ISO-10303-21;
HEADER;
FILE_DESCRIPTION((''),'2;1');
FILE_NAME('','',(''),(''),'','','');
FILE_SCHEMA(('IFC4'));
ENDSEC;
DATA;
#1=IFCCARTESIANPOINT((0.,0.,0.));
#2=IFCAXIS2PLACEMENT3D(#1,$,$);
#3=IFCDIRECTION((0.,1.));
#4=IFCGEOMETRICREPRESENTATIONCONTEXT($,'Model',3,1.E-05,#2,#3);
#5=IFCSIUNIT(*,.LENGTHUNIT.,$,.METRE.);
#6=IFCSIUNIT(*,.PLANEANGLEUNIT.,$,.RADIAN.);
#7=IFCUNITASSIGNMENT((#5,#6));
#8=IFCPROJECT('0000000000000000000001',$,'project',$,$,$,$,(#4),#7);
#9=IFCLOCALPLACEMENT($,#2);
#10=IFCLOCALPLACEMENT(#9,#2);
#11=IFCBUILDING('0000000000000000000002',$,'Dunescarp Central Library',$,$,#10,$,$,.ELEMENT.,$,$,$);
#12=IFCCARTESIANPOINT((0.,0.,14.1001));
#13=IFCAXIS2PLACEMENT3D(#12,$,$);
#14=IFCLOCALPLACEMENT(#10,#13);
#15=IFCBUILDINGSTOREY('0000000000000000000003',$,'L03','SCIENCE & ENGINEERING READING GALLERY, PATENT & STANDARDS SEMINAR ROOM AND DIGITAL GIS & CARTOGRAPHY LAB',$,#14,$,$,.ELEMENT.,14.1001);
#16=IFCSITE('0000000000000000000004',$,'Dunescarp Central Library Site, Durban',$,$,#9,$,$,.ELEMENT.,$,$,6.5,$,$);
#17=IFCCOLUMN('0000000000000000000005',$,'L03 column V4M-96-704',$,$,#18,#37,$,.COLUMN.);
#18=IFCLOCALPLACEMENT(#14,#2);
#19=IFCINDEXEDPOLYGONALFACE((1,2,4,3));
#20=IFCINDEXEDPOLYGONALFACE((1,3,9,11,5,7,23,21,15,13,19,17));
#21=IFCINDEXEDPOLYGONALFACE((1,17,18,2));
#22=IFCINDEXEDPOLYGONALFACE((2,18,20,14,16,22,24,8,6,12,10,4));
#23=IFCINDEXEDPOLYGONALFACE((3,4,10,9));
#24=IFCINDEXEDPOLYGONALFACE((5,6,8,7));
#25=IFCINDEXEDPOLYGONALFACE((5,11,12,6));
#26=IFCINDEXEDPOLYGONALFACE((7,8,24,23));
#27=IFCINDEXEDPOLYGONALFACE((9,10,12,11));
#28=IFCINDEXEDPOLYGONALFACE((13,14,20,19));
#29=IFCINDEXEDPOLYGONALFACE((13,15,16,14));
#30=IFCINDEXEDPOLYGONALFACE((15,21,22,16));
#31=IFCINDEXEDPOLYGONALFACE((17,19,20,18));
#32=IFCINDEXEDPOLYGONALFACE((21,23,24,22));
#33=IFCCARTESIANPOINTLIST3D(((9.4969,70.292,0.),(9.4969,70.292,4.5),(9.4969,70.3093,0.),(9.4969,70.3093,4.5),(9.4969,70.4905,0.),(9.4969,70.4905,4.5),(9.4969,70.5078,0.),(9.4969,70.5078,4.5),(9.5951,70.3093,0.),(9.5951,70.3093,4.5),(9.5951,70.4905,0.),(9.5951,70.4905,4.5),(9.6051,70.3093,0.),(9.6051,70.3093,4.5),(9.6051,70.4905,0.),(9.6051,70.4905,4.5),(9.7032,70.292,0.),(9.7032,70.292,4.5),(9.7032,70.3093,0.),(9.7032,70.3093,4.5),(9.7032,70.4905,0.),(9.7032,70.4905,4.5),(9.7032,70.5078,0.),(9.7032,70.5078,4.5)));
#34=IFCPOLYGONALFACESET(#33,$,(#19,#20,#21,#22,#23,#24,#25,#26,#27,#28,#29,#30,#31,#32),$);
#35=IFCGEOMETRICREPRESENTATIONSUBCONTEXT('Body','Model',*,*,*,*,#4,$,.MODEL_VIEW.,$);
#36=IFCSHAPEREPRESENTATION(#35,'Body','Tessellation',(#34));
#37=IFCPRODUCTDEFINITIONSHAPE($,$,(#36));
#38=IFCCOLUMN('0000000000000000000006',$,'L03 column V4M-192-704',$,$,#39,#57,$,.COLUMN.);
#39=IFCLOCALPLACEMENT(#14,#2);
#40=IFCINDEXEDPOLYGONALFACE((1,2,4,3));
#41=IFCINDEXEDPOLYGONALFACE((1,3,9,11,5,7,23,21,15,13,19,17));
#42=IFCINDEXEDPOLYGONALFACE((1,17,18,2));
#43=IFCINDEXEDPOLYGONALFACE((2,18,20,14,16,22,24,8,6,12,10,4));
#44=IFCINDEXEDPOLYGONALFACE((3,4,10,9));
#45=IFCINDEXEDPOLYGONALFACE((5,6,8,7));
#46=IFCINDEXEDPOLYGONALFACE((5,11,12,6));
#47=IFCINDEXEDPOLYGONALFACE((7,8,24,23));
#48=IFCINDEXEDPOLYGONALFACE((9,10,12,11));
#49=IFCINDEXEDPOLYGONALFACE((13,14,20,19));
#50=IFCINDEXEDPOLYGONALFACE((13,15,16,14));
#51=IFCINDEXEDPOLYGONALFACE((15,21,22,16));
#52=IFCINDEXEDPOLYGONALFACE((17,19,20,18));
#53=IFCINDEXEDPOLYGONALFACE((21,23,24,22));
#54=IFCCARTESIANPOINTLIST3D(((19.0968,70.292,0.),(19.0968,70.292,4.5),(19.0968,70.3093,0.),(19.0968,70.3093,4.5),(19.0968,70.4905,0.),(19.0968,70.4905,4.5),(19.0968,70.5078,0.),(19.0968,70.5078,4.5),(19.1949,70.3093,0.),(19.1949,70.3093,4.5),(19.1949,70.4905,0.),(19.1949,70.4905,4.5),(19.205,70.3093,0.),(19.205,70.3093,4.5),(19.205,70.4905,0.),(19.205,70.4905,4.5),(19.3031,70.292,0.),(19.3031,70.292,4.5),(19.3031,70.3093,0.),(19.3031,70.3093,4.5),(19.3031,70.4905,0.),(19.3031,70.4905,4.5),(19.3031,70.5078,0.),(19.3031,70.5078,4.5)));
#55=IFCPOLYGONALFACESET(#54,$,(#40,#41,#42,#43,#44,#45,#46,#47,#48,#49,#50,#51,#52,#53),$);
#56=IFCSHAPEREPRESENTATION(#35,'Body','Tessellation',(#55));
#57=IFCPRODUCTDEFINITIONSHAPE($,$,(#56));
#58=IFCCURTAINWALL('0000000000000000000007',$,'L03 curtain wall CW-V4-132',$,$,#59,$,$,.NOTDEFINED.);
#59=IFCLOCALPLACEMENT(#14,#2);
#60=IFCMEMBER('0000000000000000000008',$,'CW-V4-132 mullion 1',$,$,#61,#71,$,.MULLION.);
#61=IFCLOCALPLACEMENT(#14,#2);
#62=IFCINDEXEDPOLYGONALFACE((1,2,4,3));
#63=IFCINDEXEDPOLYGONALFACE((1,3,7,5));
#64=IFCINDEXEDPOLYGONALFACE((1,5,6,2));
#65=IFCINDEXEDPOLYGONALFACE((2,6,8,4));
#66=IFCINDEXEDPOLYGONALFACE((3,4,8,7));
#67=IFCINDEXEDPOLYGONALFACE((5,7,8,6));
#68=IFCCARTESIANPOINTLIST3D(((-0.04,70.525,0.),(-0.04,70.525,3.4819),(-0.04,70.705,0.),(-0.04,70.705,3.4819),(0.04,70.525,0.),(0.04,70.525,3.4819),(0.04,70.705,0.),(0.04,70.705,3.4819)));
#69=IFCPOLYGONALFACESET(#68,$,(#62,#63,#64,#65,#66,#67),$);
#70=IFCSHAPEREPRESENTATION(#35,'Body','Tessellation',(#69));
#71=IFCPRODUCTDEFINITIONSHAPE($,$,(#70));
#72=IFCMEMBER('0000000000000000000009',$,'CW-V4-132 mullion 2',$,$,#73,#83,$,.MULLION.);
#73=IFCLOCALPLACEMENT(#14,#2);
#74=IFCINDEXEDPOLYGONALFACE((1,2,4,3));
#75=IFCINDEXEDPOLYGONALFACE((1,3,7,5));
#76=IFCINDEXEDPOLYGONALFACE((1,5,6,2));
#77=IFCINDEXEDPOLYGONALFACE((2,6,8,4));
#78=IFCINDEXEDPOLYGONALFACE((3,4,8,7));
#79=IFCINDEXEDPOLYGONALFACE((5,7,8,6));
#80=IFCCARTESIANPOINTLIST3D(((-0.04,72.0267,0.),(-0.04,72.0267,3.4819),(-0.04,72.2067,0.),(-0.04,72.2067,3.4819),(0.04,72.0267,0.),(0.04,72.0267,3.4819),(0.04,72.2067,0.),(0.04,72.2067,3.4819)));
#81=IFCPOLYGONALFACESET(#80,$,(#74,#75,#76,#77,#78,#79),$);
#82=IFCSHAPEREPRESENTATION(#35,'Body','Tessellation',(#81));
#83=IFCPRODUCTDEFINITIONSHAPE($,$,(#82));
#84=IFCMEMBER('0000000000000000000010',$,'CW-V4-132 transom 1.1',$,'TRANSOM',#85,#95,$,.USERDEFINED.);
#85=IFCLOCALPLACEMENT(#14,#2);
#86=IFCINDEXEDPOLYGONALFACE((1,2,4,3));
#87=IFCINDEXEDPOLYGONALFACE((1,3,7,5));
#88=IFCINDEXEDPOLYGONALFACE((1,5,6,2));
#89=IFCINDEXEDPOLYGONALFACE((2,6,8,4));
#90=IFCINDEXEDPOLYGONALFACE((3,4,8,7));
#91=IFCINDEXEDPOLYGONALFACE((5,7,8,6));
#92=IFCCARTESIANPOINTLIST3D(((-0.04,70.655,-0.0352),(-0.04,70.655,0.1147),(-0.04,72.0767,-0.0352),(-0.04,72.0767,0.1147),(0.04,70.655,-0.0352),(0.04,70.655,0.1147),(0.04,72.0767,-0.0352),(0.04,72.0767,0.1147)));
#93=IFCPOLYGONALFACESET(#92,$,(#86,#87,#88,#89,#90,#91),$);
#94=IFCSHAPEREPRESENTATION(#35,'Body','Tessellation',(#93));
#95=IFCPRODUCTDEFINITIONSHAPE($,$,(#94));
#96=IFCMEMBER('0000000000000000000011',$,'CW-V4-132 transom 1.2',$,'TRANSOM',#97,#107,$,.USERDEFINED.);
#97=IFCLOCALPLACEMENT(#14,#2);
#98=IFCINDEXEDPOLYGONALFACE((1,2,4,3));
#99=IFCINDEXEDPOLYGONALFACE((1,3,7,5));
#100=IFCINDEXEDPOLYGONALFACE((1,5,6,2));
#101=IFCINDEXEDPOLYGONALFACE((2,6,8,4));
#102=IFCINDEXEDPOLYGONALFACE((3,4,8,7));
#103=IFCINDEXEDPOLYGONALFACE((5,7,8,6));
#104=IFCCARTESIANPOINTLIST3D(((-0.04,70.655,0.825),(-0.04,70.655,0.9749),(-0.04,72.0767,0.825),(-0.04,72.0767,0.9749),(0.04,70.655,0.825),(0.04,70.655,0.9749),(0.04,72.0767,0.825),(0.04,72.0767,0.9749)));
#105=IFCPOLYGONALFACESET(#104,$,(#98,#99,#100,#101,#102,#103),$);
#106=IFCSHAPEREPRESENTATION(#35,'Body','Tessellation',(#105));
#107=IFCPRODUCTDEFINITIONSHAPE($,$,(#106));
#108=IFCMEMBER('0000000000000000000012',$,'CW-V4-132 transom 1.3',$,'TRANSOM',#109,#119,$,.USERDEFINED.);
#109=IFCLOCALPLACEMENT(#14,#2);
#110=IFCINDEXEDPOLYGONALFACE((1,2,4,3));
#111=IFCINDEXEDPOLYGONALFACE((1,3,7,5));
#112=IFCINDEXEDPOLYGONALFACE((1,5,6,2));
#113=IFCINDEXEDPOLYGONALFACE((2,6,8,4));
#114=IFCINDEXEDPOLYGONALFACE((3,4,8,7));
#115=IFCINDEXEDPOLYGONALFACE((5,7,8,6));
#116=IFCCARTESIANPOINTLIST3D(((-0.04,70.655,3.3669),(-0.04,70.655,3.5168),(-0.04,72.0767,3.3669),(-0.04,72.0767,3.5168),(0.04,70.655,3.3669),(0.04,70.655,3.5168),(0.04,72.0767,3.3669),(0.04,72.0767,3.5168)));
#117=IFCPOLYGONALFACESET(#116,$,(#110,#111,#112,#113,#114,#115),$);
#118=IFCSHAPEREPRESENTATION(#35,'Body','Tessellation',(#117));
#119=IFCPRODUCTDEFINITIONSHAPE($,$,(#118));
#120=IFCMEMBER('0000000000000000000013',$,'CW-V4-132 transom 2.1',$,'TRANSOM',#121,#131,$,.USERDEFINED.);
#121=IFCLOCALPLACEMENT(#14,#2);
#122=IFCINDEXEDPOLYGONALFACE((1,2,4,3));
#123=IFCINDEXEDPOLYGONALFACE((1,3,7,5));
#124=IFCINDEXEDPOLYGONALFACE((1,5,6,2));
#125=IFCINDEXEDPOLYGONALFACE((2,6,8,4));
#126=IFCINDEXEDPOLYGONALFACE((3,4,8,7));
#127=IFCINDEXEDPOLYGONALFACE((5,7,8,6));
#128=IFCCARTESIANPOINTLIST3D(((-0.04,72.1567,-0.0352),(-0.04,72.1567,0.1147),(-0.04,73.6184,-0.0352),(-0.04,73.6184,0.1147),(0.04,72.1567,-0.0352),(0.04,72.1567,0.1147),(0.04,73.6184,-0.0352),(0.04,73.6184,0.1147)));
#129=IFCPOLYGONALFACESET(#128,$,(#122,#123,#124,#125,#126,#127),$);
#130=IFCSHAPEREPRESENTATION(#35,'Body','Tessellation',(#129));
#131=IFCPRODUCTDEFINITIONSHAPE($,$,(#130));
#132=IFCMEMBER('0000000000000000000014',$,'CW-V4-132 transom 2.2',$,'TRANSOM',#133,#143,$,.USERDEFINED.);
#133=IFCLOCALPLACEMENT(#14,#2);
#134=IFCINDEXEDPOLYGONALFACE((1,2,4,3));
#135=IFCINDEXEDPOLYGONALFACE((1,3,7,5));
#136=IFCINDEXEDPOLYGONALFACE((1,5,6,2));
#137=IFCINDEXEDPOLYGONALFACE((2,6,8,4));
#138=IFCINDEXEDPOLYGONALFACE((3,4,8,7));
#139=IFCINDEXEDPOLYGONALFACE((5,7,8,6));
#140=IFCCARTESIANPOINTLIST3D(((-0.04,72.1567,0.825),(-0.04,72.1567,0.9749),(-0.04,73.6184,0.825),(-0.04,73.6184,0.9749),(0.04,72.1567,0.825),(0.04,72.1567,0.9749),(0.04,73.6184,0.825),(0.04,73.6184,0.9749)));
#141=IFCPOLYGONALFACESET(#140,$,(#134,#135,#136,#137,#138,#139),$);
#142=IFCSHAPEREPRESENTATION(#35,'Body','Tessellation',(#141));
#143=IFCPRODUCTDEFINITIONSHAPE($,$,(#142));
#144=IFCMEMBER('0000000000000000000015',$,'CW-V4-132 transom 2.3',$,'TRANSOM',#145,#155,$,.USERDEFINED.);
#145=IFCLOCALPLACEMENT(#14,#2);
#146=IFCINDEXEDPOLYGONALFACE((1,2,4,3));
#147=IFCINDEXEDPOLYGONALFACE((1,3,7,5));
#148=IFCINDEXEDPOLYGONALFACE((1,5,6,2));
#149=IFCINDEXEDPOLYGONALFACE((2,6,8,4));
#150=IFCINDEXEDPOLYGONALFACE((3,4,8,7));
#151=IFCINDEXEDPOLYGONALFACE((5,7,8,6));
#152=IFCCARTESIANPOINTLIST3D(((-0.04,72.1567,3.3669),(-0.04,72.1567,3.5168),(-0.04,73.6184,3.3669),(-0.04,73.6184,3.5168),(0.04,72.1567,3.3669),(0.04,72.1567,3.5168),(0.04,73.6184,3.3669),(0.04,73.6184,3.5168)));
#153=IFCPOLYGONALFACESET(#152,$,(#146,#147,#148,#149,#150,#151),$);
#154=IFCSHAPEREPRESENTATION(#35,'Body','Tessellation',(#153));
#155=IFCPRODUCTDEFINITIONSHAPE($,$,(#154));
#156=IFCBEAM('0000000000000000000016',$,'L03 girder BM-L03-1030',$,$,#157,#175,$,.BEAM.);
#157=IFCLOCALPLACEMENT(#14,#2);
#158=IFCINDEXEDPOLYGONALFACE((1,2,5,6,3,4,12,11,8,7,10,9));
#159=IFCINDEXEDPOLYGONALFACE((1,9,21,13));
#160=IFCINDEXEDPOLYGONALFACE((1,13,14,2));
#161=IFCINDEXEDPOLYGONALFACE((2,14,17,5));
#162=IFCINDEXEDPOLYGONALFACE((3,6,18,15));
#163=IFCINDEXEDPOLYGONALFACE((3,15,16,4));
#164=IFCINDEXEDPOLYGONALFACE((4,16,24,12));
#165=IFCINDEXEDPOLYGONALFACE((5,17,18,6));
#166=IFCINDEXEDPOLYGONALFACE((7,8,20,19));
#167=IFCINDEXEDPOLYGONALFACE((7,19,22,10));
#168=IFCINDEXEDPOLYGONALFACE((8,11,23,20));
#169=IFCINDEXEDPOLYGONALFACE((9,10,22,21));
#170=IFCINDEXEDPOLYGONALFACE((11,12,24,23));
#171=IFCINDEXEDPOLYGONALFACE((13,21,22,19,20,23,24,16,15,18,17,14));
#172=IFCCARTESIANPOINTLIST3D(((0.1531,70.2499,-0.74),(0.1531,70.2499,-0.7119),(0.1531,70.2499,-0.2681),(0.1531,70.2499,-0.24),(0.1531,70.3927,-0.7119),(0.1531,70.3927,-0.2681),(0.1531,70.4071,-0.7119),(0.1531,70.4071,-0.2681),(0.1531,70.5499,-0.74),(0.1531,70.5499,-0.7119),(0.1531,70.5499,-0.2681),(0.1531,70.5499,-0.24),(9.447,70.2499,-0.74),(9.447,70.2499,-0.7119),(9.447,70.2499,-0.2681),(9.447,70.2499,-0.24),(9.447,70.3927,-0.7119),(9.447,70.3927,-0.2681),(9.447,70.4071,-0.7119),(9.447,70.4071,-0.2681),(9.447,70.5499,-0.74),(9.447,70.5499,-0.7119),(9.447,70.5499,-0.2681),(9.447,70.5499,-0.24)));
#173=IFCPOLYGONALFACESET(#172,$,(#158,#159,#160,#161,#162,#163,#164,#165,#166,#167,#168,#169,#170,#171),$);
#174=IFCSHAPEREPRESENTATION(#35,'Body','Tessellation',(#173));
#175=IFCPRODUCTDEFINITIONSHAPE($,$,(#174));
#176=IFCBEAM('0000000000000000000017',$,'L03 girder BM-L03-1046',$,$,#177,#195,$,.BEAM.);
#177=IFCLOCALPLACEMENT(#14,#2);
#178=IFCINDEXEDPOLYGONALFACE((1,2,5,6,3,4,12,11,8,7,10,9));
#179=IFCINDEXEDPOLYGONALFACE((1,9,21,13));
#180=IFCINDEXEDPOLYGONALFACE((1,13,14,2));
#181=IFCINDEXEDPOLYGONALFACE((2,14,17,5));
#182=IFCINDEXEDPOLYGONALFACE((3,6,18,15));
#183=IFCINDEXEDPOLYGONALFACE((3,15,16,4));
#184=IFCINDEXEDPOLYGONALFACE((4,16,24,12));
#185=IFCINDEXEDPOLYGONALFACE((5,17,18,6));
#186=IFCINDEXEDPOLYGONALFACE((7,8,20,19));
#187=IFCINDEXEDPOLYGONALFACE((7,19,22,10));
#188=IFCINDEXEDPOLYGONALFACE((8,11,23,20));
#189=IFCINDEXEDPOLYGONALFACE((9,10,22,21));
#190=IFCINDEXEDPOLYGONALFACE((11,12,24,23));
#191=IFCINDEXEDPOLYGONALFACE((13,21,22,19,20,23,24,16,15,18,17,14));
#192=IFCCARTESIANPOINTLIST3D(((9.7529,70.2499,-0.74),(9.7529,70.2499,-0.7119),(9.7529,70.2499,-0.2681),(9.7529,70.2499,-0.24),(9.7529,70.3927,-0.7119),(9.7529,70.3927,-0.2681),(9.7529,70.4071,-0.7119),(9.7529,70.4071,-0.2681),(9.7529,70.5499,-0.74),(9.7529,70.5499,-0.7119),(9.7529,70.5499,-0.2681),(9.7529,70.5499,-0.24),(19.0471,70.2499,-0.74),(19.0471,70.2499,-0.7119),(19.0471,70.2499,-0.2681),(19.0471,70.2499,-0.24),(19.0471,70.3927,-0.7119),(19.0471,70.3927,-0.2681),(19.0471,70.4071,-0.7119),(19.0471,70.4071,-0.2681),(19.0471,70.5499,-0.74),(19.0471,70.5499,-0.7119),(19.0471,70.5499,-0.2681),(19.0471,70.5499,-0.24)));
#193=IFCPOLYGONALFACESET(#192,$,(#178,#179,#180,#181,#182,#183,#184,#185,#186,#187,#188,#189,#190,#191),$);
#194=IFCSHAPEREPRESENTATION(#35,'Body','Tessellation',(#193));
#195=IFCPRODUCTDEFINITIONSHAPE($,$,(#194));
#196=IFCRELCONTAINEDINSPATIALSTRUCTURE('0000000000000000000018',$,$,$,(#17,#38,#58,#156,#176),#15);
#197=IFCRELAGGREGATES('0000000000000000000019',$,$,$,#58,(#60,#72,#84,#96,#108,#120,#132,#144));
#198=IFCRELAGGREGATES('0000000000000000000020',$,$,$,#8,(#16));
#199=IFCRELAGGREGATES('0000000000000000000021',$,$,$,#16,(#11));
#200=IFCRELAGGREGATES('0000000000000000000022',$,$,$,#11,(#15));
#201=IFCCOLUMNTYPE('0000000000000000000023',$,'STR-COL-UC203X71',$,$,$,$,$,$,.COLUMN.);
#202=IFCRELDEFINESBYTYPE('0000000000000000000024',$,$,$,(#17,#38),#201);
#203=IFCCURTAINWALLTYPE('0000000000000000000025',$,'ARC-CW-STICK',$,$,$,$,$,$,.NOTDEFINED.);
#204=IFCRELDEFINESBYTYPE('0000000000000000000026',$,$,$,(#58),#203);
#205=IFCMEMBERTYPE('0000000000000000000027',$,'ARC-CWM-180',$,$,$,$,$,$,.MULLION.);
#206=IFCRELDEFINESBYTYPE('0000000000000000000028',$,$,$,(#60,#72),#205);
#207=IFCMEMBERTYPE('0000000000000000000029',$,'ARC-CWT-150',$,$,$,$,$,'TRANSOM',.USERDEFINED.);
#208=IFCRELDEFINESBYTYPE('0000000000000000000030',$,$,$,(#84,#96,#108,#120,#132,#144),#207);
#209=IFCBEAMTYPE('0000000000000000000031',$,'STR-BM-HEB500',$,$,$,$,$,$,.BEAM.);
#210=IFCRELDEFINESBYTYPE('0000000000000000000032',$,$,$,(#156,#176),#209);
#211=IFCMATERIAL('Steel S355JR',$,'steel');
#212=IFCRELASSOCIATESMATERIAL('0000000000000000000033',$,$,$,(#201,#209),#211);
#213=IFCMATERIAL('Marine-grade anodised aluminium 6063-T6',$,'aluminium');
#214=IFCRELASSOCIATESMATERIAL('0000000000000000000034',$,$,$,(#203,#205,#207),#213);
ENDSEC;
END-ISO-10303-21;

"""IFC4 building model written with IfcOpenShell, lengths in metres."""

from ifc_helpers import new_model, si_unit, direction, frame, origin, origin_2d, place, context, subcontext, project, spatial, rectangle, i_section, extrude, material, material_profile, profile_set, type_object, element, aggregate, save


model = new_model("IFC4")

# Units and contexts
model_context = context("Model", 3, precision=1e-05, world=origin(), true_north=direction((0.0, 1.0)))
body_context = subcontext(model_context, "Body", "Model", "MODEL_VIEW")
ifc_project = project(units=[si_unit("LENGTHUNIT", "METRE"), si_unit("PLANEANGLEUNIT", "RADIAN")], contexts=[model_context])

# Site, building, storey
site_placement = place(None, origin())
site = spatial("IfcSite", under=ifc_project, at=site_placement, Name="Dunescarp Central Library Site, Durban", CompositionType="ELEMENT", RefElevation=6.5)
building_placement = place(site_placement, origin())
building = spatial("IfcBuilding", under=site, at=building_placement, Name="Dunescarp Central Library", CompositionType="ELEMENT")
storey_placement = place(building_placement, frame((0.0, 0.0, 14.1001)))
storey = spatial("IfcBuildingStorey", under=building, at=storey_placement, Name="L03", Description="SCIENCE & ENGINEERING READING GALLERY, PATENT & STANDARDS SEMINAR ROOM AND DIGITAL GIS & CARTOGRAPHY LAB", CompositionType="ELEMENT", Elevation=14.1001)

# Columns
ifc_material_1 = material(Name="Steel S355JR", Category="steel")
ifc_material_profile_1 = material_profile(ifc_material_1, i_section(OverallWidth=0.2063, OverallDepth=0.2158, WebThickness=0.01, FlangeThickness=0.0173, at=origin_2d()), Name="UC 203x203x71")
ifc_profile_set_1 = profile_set([ifc_material_profile_1], Name="Steel S355JR")
column_type = type_object("IfcColumnType", Name="STR-COL-UC203X71", PredefinedType="COLUMN", material=ifc_profile_set_1)
for number, where, z_axis, x_axis, name in (
    (1, (9.6001, 70.3999, 0.0), (0.0, 0.0, 1.0), (1.0, 0.0, 0.0), "L03 column V4M-96-704"),
    (2, (19.2, 70.3999, 0.0), (0.0, 0.0, 1.0), (1.0, 0.0, 0.0), "L03 column V4M-192-704"),
):
    element("IfcColumn", number, at=place(storey_placement, frame(where, z_axis=z_axis, x_axis=x_axis)), inside=storey, type_object=column_type, Name=name, PredefinedType="COLUMN", context=body_context, shape_type="SweptSolid", body=[
        extrude(i_section(OverallWidth=0.2063, OverallDepth=0.2158, WebThickness=0.01, FlangeThickness=0.0173, at=origin_2d()), origin(), (0.0, 0.0, 1.0), 4.5),
    ])

# Curtain wall, members
ifc_material_2 = material(Name="Marine-grade anodised aluminium 6063-T6", Category="aluminium")
curtain_wall_type = type_object("IfcCurtainWallType", Name="ARC-CW-STICK", PredefinedType="NOTDEFINED", material=ifc_material_2)
curtain_wall_placement = place(storey_placement, origin())
curtain_wall = element("IfcCurtainWall", 3, at=curtain_wall_placement, inside=storey, type_object=curtain_wall_type, Name="L03 curtain wall CW-V4-132", PredefinedType="NOTDEFINED")
ifc_material_profile_2 = material_profile(ifc_material_2, rectangle(XDim=0.0801, YDim=0.1799, at=origin_2d()), Name="AL 80x180")
ifc_profile_set_2 = profile_set([ifc_material_profile_2], Name="Marine-grade anodised aluminium 6063-T6")
member_type_1 = type_object("IfcMemberType", Name="ARC-CWM-180", PredefinedType="MULLION", material=ifc_profile_set_2)
member_1_placement = place(storey_placement, frame((0.0, 70.615, 0.0), z_axis=(0.0, 0.0, 1.0), x_axis=(-1.0, 0.0, 0.0)))
member_1 = element("IfcMember", 4, at=member_1_placement, type_object=member_type_1, Name="CW-V4-132 mullion 1", PredefinedType="MULLION", context=body_context, shape_type="SweptSolid", body=[
    extrude(rectangle(XDim=0.0801, YDim=0.1799, at=origin_2d()), origin(), (0.0, 0.0, 1.0), 3.4819),
])
member_2_placement = place(storey_placement, frame((0.0, 72.1167, 0.0), z_axis=(0.0, 0.0, 1.0), x_axis=(-1.0, 0.0, 0.0)))
member_2 = element("IfcMember", 5, at=member_2_placement, type_object=member_type_1, Name="CW-V4-132 mullion 2", PredefinedType="MULLION", context=body_context, shape_type="SweptSolid", body=[
    extrude(rectangle(XDim=0.0801, YDim=0.1799, at=origin_2d()), origin(), (0.0, 0.0, 1.0), 3.4819),
])
ifc_material_profile_3 = material_profile(ifc_material_2, rectangle(XDim=0.0801, YDim=0.1499, at=origin_2d()), Name="AL 80x150")
ifc_profile_set_3 = profile_set([ifc_material_profile_3], Name="Marine-grade anodised aluminium 6063-T6")
member_type_2 = type_object("IfcMemberType", Name="ARC-CWT-150", ElementType="TRANSOM", PredefinedType="USERDEFINED", material=ifc_profile_set_3)
member_3_placement = place(storey_placement, frame((0.0, 70.655, 0.0398), z_axis=(0.0, 1.0, 0.0), x_axis=(-1.0, 0.0, 0.0)))
member_3 = element("IfcMember", 6, at=member_3_placement, type_object=member_type_2, Name="CW-V4-132 transom 1.1", ObjectType="TRANSOM", PredefinedType="USERDEFINED", context=body_context, shape_type="SweptSolid", body=[
    extrude(rectangle(XDim=0.0801, YDim=0.1499, at=origin_2d()), origin(), (0.0, 0.0, 1.0), 1.4216),
])
member_4_placement = place(storey_placement, frame((0.0, 70.655, 0.8999), z_axis=(0.0, 1.0, 0.0), x_axis=(-1.0, 0.0, 0.0)))
member_4 = element("IfcMember", 7, at=member_4_placement, type_object=member_type_2, Name="CW-V4-132 transom 1.2", ObjectType="TRANSOM", PredefinedType="USERDEFINED", context=body_context, shape_type="SweptSolid", body=[
    extrude(rectangle(XDim=0.0801, YDim=0.1499, at=origin_2d()), origin(), (0.0, 0.0, 1.0), 1.4216),
])
member_5_placement = place(storey_placement, frame((0.0, 70.655, 3.4419), z_axis=(0.0, 1.0, 0.0), x_axis=(-1.0, 0.0, 0.0)))
member_5 = element("IfcMember", 8, at=member_5_placement, type_object=member_type_2, Name="CW-V4-132 transom 1.3", ObjectType="TRANSOM", PredefinedType="USERDEFINED", context=body_context, shape_type="SweptSolid", body=[
    extrude(rectangle(XDim=0.0801, YDim=0.1499, at=origin_2d()), origin(), (0.0, 0.0, 1.0), 1.4216),
])
member_6_placement = place(storey_placement, frame((0.0, 72.1567, 0.0398), z_axis=(0.0, 1.0, 0.0), x_axis=(-1.0, 0.0, 0.0)))
member_6 = element("IfcMember", 9, at=member_6_placement, type_object=member_type_2, Name="CW-V4-132 transom 2.1", ObjectType="TRANSOM", PredefinedType="USERDEFINED", context=body_context, shape_type="SweptSolid", body=[
    extrude(rectangle(XDim=0.0801, YDim=0.1499, at=origin_2d()), origin(), (0.0, 0.0, 1.0), 1.4617),
])
member_7_placement = place(storey_placement, frame((0.0, 72.1567, 0.8999), z_axis=(0.0, 1.0, 0.0), x_axis=(-1.0, 0.0, 0.0)))
member_7 = element("IfcMember", 10, at=member_7_placement, type_object=member_type_2, Name="CW-V4-132 transom 2.2", ObjectType="TRANSOM", PredefinedType="USERDEFINED", context=body_context, shape_type="SweptSolid", body=[
    extrude(rectangle(XDim=0.0801, YDim=0.1499, at=origin_2d()), origin(), (0.0, 0.0, 1.0), 1.4617),
])
member_8_placement = place(storey_placement, frame((0.0, 72.1567, 3.4419), z_axis=(0.0, 1.0, 0.0), x_axis=(-1.0, 0.0, 0.0)))
member_8 = element("IfcMember", 11, at=member_8_placement, type_object=member_type_2, Name="CW-V4-132 transom 2.3", ObjectType="TRANSOM", PredefinedType="USERDEFINED", context=body_context, shape_type="SweptSolid", body=[
    extrude(rectangle(XDim=0.0801, YDim=0.1499, at=origin_2d()), origin(), (0.0, 0.0, 1.0), 1.4617),
])

# Beams
ifc_material_profile_4 = material_profile(ifc_material_1, i_section(OverallWidth=0.3, OverallDepth=0.5, WebThickness=0.0144, FlangeThickness=0.0281, at=origin_2d()), Name="HEB 500")
ifc_profile_set_4 = profile_set([ifc_material_profile_4], Name="Steel S355JR")
beam_type_1 = type_object("IfcBeamType", Name="STR-BM-HEB500", PredefinedType="BEAM", material=ifc_profile_set_4)
beam_1_placement = place(storey_placement, frame((0.1531, 70.3999, -0.49), z_axis=(1.0, 0.0, 0.0), x_axis=(0.0, 1.0, 0.0)))
element("IfcBeam", 12, at=beam_1_placement, inside=storey, type_object=beam_type_1, Name="L03 girder BM-L03-1030", PredefinedType="BEAM", context=body_context, shape_type="SweptSolid", body=[
    extrude(i_section(OverallWidth=0.3, OverallDepth=0.5, WebThickness=0.0144, FlangeThickness=0.0281, at=origin_2d()), origin(), (0.0, 0.0, 1.0), 9.2939),
])
beam_2_placement = place(storey_placement, frame((9.7529, 70.3999, -0.49), z_axis=(1.0, 0.0, 0.0), x_axis=(0.0, 1.0, 0.0)))
element("IfcBeam", 13, at=beam_2_placement, inside=storey, type_object=beam_type_1, Name="L03 girder BM-L03-1046", PredefinedType="BEAM", context=body_context, shape_type="SweptSolid", body=[
    extrude(i_section(OverallWidth=0.3, OverallDepth=0.5, WebThickness=0.0144, FlangeThickness=0.0281, at=origin_2d()), origin(), (0.0, 0.0, 1.0), 9.2942),
])

aggregate(curtain_wall, [member_1, member_2, member_3, member_4, member_5, member_6, member_7, member_8])

save(model, "model.ifc")
